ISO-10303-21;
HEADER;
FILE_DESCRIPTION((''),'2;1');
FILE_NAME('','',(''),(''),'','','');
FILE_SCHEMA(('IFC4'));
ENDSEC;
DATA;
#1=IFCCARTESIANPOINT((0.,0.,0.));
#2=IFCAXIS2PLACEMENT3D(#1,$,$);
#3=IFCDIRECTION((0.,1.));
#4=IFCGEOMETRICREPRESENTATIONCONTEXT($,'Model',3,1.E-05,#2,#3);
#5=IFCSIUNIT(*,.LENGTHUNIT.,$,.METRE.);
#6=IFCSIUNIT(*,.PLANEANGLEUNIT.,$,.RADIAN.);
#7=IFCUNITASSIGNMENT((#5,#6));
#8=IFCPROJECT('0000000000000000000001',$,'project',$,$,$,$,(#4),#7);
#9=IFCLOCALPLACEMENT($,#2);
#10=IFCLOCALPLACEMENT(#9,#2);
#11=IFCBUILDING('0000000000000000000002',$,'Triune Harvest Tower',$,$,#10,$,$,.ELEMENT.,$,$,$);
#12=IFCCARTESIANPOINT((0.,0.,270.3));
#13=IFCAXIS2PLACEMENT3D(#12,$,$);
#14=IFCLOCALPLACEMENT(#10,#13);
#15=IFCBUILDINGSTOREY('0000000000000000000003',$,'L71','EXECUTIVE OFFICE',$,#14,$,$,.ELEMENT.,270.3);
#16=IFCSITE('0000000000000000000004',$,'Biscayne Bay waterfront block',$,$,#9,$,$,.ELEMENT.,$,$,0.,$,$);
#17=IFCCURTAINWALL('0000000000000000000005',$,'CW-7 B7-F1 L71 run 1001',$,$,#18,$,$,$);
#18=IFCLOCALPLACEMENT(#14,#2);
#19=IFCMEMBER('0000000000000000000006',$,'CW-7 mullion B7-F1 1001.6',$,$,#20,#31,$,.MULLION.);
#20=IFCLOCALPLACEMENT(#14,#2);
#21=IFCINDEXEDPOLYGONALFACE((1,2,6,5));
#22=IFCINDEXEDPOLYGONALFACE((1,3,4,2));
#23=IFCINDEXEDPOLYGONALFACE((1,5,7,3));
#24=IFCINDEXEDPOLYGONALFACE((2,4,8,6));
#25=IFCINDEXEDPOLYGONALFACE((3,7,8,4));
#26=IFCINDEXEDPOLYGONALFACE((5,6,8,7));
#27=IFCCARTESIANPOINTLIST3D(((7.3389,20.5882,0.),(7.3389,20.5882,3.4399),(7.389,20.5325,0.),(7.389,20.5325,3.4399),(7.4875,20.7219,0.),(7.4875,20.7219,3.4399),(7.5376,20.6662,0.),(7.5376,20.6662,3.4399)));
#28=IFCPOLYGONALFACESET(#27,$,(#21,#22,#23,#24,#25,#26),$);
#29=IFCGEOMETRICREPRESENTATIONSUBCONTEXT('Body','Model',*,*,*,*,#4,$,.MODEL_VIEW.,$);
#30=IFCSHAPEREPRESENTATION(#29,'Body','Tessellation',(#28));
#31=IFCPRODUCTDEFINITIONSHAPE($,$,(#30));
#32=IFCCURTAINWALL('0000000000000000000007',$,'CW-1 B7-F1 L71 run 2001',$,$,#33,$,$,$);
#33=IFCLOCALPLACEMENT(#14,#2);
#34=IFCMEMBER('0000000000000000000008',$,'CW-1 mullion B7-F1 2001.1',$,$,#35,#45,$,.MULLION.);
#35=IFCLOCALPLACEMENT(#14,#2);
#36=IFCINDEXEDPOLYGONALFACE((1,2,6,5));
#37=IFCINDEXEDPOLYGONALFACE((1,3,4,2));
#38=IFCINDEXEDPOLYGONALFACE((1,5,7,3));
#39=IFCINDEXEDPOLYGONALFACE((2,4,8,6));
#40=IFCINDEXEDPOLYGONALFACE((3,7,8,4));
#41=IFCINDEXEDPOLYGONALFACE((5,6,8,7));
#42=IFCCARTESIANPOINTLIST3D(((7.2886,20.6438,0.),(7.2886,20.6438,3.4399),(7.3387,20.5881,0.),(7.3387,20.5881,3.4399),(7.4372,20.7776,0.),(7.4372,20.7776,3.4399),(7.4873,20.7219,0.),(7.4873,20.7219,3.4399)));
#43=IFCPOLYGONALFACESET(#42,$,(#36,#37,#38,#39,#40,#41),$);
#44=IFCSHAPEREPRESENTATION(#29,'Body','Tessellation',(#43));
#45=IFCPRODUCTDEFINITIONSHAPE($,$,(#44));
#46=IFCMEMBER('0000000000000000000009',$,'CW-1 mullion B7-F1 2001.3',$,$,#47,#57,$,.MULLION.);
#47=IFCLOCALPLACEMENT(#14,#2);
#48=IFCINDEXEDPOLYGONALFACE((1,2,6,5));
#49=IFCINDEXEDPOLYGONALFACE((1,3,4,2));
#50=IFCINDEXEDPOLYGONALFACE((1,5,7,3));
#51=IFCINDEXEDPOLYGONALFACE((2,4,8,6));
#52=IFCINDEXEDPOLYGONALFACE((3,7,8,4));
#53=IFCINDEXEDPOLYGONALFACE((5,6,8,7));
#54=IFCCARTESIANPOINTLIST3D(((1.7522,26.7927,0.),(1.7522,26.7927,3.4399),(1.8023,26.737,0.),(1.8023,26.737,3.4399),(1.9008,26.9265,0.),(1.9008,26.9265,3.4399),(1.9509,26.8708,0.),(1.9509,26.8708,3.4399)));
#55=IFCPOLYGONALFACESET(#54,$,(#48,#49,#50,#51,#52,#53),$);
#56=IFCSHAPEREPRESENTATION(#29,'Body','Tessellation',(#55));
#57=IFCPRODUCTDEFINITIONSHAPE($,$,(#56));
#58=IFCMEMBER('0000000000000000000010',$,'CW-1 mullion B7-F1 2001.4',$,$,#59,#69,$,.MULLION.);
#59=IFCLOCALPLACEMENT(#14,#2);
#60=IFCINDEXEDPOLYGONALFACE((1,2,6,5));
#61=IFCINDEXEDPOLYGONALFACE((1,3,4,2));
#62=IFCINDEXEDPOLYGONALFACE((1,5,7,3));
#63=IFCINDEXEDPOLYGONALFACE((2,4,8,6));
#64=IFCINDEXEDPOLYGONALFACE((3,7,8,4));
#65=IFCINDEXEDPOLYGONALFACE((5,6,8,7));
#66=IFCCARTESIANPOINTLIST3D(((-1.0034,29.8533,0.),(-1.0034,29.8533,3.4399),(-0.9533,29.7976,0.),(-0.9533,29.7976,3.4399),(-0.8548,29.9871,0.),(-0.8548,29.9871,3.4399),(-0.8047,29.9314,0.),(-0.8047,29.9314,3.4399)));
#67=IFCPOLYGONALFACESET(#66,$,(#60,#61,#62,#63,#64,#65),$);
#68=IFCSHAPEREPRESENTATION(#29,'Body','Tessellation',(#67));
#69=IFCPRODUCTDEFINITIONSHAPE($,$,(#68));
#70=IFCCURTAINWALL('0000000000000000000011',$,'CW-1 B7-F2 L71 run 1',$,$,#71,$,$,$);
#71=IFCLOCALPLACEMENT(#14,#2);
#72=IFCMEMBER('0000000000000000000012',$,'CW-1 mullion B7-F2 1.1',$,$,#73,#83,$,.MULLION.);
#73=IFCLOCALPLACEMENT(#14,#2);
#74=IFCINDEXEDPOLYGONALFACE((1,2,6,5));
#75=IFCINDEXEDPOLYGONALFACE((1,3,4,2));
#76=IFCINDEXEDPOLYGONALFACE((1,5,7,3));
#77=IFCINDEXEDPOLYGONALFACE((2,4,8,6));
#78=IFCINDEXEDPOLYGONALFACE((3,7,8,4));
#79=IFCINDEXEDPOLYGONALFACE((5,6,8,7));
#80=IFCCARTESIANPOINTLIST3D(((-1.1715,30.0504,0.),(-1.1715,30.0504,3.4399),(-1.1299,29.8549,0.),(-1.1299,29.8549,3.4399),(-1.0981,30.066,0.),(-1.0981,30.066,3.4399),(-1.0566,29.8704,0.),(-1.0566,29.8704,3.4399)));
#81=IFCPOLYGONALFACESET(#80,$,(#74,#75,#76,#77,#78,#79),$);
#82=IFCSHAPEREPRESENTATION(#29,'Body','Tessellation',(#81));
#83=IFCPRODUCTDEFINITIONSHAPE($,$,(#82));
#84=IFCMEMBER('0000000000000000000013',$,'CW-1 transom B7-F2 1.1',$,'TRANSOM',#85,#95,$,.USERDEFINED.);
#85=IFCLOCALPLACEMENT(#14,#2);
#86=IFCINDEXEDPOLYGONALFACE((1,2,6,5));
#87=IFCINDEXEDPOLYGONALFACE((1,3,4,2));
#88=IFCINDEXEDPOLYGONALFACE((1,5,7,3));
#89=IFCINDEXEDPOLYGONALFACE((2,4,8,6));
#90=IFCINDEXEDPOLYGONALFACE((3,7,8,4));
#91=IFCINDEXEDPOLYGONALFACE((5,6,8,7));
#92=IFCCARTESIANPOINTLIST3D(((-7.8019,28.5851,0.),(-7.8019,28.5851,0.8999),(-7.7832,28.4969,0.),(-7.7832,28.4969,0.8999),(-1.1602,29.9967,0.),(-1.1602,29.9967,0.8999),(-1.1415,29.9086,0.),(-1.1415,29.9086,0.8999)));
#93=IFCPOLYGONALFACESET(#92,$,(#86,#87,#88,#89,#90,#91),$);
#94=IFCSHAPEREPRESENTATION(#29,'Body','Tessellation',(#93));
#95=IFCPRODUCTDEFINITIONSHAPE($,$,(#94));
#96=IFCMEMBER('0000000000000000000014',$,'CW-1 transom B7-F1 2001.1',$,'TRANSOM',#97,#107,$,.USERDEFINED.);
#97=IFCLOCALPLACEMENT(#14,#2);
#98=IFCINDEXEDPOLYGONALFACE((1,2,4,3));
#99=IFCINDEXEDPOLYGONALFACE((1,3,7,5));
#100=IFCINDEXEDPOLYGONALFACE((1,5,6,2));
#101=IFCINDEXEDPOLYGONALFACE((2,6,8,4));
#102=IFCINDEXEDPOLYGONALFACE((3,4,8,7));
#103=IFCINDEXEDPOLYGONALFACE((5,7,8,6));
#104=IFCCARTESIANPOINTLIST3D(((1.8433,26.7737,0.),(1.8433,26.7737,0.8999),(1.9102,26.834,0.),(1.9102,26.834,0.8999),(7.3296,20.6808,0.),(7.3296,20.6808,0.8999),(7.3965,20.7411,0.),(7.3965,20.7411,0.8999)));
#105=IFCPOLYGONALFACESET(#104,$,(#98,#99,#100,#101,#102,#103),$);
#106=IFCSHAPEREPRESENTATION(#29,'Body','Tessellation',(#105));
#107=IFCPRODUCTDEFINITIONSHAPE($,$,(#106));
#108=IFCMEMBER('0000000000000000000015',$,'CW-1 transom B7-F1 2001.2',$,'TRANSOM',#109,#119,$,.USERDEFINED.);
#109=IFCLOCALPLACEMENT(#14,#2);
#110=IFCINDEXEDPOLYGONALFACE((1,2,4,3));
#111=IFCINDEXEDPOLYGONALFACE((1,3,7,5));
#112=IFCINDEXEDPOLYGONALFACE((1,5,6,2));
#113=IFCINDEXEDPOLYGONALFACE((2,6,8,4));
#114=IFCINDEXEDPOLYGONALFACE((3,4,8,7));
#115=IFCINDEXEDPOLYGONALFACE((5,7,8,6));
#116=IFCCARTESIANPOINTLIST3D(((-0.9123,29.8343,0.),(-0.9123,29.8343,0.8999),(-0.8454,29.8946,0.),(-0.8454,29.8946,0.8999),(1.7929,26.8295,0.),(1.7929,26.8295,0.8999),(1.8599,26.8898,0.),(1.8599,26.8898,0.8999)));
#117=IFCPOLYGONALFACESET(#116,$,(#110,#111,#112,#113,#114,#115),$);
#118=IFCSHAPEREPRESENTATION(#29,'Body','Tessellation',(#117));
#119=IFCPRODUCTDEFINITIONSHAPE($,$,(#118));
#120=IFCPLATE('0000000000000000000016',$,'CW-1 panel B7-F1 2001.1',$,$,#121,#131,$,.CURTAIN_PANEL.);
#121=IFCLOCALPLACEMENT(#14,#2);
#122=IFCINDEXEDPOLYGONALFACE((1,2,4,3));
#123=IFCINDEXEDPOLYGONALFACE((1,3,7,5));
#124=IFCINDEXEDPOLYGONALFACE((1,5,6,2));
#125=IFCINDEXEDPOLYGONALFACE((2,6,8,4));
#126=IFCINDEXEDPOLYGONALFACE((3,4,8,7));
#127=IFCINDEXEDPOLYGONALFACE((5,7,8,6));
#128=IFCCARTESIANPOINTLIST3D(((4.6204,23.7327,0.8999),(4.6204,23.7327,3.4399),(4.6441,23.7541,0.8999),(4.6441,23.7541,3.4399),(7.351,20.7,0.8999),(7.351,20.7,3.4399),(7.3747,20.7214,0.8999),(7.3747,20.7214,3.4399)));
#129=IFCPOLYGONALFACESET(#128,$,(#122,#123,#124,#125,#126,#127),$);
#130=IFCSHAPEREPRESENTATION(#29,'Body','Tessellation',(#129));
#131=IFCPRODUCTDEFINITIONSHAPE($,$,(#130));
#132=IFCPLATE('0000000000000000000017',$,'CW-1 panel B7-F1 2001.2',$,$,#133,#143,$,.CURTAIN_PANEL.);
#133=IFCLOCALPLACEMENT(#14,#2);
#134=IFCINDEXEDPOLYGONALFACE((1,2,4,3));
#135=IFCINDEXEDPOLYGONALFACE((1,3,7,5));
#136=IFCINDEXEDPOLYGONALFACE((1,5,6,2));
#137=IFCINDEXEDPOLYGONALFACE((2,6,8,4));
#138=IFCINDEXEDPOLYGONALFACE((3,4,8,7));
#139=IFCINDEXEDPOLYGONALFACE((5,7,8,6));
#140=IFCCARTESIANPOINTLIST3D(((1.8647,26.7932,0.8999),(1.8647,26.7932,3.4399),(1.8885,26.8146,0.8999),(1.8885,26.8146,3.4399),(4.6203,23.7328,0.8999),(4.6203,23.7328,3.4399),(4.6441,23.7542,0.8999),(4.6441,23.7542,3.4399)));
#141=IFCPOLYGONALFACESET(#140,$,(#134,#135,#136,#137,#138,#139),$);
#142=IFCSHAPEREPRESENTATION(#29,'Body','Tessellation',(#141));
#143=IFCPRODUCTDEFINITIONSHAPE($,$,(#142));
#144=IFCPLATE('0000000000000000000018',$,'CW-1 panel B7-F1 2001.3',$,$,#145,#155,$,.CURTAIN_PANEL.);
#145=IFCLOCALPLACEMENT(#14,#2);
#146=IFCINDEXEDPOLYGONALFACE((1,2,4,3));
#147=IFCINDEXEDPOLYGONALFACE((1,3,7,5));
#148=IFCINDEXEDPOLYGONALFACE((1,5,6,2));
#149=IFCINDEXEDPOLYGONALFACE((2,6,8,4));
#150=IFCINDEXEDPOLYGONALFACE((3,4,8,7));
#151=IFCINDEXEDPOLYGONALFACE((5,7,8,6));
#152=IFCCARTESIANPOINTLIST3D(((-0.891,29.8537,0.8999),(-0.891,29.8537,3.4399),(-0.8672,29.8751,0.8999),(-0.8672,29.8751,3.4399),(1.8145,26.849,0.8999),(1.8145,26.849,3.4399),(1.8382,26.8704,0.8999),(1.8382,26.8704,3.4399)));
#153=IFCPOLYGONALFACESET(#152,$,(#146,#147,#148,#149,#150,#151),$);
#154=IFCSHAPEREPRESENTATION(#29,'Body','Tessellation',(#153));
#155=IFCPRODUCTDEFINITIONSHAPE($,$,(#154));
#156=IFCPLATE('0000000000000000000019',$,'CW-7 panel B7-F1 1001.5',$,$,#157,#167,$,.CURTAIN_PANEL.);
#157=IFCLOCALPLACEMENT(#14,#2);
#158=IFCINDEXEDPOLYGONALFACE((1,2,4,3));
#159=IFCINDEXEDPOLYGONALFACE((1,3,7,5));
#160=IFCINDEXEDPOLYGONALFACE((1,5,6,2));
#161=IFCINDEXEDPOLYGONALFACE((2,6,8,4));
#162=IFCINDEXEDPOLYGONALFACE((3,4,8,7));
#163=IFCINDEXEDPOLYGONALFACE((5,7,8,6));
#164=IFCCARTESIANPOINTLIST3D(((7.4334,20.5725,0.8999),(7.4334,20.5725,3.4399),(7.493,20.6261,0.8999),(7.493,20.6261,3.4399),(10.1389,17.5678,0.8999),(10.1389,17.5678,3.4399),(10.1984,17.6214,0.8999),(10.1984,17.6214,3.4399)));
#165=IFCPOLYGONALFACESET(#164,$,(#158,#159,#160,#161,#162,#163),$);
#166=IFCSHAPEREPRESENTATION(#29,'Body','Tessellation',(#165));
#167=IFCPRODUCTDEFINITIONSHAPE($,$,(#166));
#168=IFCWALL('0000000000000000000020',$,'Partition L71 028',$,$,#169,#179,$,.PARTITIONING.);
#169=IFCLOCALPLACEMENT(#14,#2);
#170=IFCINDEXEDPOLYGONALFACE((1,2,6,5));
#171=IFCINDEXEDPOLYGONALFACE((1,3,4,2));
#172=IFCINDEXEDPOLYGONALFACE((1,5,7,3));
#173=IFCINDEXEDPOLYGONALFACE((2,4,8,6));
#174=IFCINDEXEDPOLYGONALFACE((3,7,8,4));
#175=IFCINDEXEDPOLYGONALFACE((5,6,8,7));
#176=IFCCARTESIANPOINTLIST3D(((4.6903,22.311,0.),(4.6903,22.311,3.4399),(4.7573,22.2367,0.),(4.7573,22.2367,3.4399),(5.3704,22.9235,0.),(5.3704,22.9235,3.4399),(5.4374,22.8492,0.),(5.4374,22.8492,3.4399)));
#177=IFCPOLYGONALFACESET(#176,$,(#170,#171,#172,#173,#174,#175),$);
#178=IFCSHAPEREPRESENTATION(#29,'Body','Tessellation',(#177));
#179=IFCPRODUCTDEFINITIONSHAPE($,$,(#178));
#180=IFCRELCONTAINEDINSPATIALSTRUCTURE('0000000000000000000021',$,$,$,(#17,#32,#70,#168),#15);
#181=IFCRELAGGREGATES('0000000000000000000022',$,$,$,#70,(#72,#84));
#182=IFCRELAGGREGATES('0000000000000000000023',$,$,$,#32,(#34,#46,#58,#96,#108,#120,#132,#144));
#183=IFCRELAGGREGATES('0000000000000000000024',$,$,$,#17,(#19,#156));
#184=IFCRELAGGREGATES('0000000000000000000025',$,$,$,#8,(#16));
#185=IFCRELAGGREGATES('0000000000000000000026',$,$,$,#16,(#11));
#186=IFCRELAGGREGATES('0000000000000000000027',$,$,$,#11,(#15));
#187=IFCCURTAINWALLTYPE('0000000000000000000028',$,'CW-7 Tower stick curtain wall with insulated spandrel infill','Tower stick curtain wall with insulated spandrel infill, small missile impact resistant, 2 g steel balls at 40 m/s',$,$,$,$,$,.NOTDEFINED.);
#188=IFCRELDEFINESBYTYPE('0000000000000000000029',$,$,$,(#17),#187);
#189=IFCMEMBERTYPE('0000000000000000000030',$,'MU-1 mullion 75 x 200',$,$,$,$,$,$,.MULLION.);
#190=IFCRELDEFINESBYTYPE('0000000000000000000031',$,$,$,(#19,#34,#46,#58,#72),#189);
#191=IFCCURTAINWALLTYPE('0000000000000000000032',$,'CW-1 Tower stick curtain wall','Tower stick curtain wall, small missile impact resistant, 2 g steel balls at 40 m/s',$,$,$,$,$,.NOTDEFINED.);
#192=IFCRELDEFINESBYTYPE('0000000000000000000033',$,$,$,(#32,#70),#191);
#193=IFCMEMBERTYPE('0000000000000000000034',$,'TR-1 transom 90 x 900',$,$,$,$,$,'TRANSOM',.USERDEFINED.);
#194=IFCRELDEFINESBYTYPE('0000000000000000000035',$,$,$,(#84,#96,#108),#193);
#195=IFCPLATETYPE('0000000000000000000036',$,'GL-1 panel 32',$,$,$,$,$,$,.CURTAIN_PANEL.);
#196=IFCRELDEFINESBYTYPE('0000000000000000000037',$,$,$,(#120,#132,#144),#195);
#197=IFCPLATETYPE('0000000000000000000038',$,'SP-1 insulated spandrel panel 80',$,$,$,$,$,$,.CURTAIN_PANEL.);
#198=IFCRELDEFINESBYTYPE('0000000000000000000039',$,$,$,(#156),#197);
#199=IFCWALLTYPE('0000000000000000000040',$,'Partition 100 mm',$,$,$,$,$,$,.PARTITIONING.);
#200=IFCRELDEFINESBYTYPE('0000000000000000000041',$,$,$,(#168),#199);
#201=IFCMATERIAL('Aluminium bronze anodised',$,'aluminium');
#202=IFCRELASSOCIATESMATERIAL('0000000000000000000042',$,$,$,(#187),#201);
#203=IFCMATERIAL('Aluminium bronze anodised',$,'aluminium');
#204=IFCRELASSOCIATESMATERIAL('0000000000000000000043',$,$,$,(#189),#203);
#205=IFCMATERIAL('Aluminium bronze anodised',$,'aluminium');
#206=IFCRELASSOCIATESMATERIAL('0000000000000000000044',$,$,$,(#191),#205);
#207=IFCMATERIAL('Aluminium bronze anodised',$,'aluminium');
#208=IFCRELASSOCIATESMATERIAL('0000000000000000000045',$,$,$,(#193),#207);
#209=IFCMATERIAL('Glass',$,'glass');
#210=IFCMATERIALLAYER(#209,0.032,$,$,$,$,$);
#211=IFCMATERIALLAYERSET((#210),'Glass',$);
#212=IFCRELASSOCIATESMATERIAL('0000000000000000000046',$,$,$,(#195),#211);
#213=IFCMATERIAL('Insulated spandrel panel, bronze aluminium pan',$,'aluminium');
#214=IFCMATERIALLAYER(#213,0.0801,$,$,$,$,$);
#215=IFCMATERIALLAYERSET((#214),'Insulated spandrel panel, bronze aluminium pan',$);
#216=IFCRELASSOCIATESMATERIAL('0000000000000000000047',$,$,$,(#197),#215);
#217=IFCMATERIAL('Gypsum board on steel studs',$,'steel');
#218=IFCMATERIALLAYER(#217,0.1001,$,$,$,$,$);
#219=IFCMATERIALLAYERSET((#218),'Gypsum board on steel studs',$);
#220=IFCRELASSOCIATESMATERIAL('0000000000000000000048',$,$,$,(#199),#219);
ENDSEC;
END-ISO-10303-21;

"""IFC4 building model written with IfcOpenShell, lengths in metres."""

from ifc_helpers import new_model, si_unit, direction, frame, frame_2d, origin, origin_2d, place, context, subcontext, project, spatial, rectangle, extrude, source, transform, mapped, material, layer, layer_set, material_profile, profile_set, type_object, element, aggregate, save


model = new_model("IFC4")

# Units and contexts
model_context = context("Model", 3, precision=1e-05, world=origin(), true_north=direction((0.0, 1.0)))
body_context = subcontext(model_context, "Body", "Model", "MODEL_VIEW")
ifc_project = project(units=[si_unit("LENGTHUNIT", "METRE"), si_unit("PLANEANGLEUNIT", "RADIAN")], contexts=[model_context])

# Site, building, storey
site_placement = place(None, origin())
site = spatial("IfcSite", under=ifc_project, at=site_placement, Name="Biscayne Bay waterfront block", CompositionType="ELEMENT", RefElevation=0.0)
building_placement = place(site_placement, origin())
building = spatial("IfcBuilding", under=site, at=building_placement, Name="Triune Harvest Tower", CompositionType="ELEMENT")
storey_placement = place(building_placement, frame((0.0, 0.0, 270.3)))
storey = spatial("IfcBuildingStorey", under=building, at=storey_placement, Name="L71", Description="EXECUTIVE OFFICE", CompositionType="ELEMENT", Elevation=270.3)

# Curtain wall, member
ifc_material_1 = material(Name="Aluminium bronze anodised", Category="aluminium")
curtain_wall_type_1 = type_object("IfcCurtainWallType", Name="CW-7 Tower stick curtain wall with insulated spandrel infill", Description="Tower stick curtain wall with insulated spandrel infill, small missile impact resistant, 2 g steel balls at 40 m/s", PredefinedType="NOTDEFINED", material=ifc_material_1)
curtain_wall_1_placement = place(storey_placement, origin())
curtain_wall_1 = element("IfcCurtainWall", 1, at=curtain_wall_1_placement, inside=storey, type_object=curtain_wall_type_1, Name="CW-7 B7-F1 L71 run 1001")
ifc_material_2 = material(Name="Aluminium bronze anodised", Category="aluminium")
ifc_material_profile_1 = material_profile(ifc_material_2, rectangle(XDim=0.2, YDim=0.075, at=origin_2d()), Name="MU-1 mullion 75 x 200")
ifc_profile_set_1 = profile_set([ifc_material_profile_1], Name="Aluminium bronze anodised")
member_type_1 = type_object("IfcMemberType", Name="MU-1 mullion 75 x 200", PredefinedType="MULLION", material=ifc_profile_set_1)
shared_shape_1 = source(origin(), body_context, "Body", "SweptSolid", [
    extrude(rectangle(XDim=0.2, YDim=0.075, at=origin_2d()), origin(), (0.0, 0.0, 1.0), 3.4399),
])
member_1_placement = place(storey_placement, frame((7.4382, 20.6272, 0.0), z_axis=(0.0, 0.0, 1.0), x_axis=(-0.743144, -0.669131, 0.0)))
member_1 = element("IfcMember", 2, at=member_1_placement, type_object=member_type_1, Name="CW-7 mullion B7-F1 1001.6", PredefinedType="MULLION", context=body_context, shape_type="MappedRepresentation", body=[
    mapped(shared_shape_1, transform((0.0, 0.0, 0.0), scale=1.0)),
])

# Curtain walls, members
ifc_material_3 = material(Name="Aluminium bronze anodised", Category="aluminium")
curtain_wall_type_2 = type_object("IfcCurtainWallType", Name="CW-1 Tower stick curtain wall", Description="Tower stick curtain wall, small missile impact resistant, 2 g steel balls at 40 m/s", PredefinedType="NOTDEFINED", material=ifc_material_3)
curtain_wall_2_placement = place(storey_placement, origin())
curtain_wall_2 = element("IfcCurtainWall", 3, at=curtain_wall_2_placement, inside=storey, type_object=curtain_wall_type_2, Name="CW-1 B7-F1 L71 run 2001")
member_2_placement = place(storey_placement, frame((7.3879, 20.6829, 0.0), z_axis=(0.0, 0.0, 1.0), x_axis=(-0.743144, -0.669131, 0.0)))
member_2 = element("IfcMember", 4, at=member_2_placement, type_object=member_type_1, Name="CW-1 mullion B7-F1 2001.1", PredefinedType="MULLION", context=body_context, shape_type="MappedRepresentation", body=[
    mapped(shared_shape_1, transform((0.0, 0.0, 0.0), scale=1.0)),
])
member_3_placement = place(storey_placement, frame((1.8516, 26.8318, 0.0), z_axis=(0.0, 0.0, 1.0), x_axis=(-0.743144, -0.669131, 0.0)))
member_3 = element("IfcMember", 5, at=member_3_placement, type_object=member_type_1, Name="CW-1 mullion B7-F1 2001.3", PredefinedType="MULLION", context=body_context, shape_type="MappedRepresentation", body=[
    mapped(shared_shape_1, transform((0.0, 0.0, 0.0), scale=1.0)),
])
member_4_placement = place(storey_placement, frame((-0.9041, 29.8923, 0.0), z_axis=(0.0, 0.0, 1.0), x_axis=(-0.743144, -0.669131, 0.0)))
member_4 = element("IfcMember", 6, at=member_4_placement, type_object=member_type_1, Name="CW-1 mullion B7-F1 2001.4", PredefinedType="MULLION", context=body_context, shape_type="MappedRepresentation", body=[
    mapped(shared_shape_1, transform((0.0, 0.0, 0.0), scale=1.0)),
])
curtain_wall_3_placement = place(storey_placement, origin())
curtain_wall_3 = element("IfcCurtainWall", 7, at=curtain_wall_3_placement, inside=storey, type_object=curtain_wall_type_2, Name="CW-1 B7-F2 L71 run 1")
member_5_placement = place(storey_placement, frame((-1.114, 29.9604, 0.0), z_axis=(0.0, 0.0, 1.0), x_axis=(0.207905, -0.978149, 0.0)))
member_5 = element("IfcMember", 8, at=member_5_placement, type_object=member_type_1, Name="CW-1 mullion B7-F2 1.1", PredefinedType="MULLION", context=body_context, shape_type="MappedRepresentation", body=[
    mapped(shared_shape_1, transform((0.0, 0.0, 0.0), scale=1.0)),
])
ifc_material_4 = material(Name="Aluminium bronze anodised", Category="aluminium")
ifc_material_profile_2 = material_profile(ifc_material_4, rectangle(XDim=0.0901, YDim=0.8999, at=origin_2d()), Name="TR-1 transom 90 x 900")
ifc_profile_set_2 = profile_set([ifc_material_profile_2], Name="Aluminium bronze anodised")
member_type_2 = type_object("IfcMemberType", Name="TR-1 transom 90 x 900", ElementType="TRANSOM", PredefinedType="USERDEFINED", material=ifc_profile_set_2)
shared_shape_2 = source(origin(), body_context, "Body", "SweptSolid", [
    extrude(rectangle(XDim=0.0901, YDim=0.8999, at=origin_2d()), origin(), (0.0, 0.0, 1.0), 6.79),
])
member_6_placement = place(storey_placement, frame((-1.1509, 29.9526, 0.45), z_axis=(-0.97815, -0.207898, 0.0), x_axis=(0.207898, -0.97815, 0.0)))
member_6 = element("IfcMember", 9, at=member_6_placement, type_object=member_type_2, Name="CW-1 transom B7-F2 1.1", ObjectType="TRANSOM", PredefinedType="USERDEFINED", context=body_context, shape_type="MappedRepresentation", body=[
    mapped(shared_shape_2, transform((0.0, 0.0, 0.0), scale=1.0)),
])
aggregate(curtain_wall_3, [member_5, member_6])

# Members
shared_shape_3 = source(origin(), body_context, "Body", "SweptSolid", [
    extrude(rectangle(XDim=0.0901, YDim=0.8999, at=origin_2d()), origin(), (0.0, 0.0, 1.0), 8.199),
])
member_7_placement = place(storey_placement, frame((7.363, 20.7109, 0.45), z_axis=(-0.669141, 0.743136, 0.0), x_axis=(-0.743136, -0.669141, 0.0)))
member_7 = element("IfcMember", 10, at=member_7_placement, type_object=member_type_2, Name="CW-1 transom B7-F1 2001.1", ObjectType="TRANSOM", PredefinedType="USERDEFINED", context=body_context, shape_type="MappedRepresentation", body=[
    mapped(shared_shape_3, transform((0.0, 0.0, 0.0), scale=1.0)),
])
shared_shape_4 = source(origin(), body_context, "Body", "SweptSolid", [
    extrude(rectangle(XDim=0.0901, YDim=0.8999, at=origin_2d()), origin(), (0.0, 0.0, 1.0), 4.0432),
])
member_8_placement = place(storey_placement, frame((1.8264, 26.8596, 0.45), z_axis=(-0.669091, 0.74318, 0.0), x_axis=(-0.74318, -0.669091, 0.0)))
member_8 = element("IfcMember", 11, at=member_8_placement, type_object=member_type_2, Name="CW-1 transom B7-F1 2001.2", ObjectType="TRANSOM", PredefinedType="USERDEFINED", context=body_context, shape_type="MappedRepresentation", body=[
    mapped(shared_shape_4, transform((0.0, 0.0, 0.0), scale=1.0)),
])

# Plates
ifc_material_5 = material(Name="Glass", Category="glass")
ifc_layer_1 = layer(ifc_material_5, 0.032)
ifc_layer_set_1 = layer_set([ifc_layer_1], Name="Glass")
plate_type_1 = type_object("IfcPlateType", Name="GL-1 panel 32", PredefinedType="CURTAIN_PANEL", material=ifc_layer_set_1)
shared_shape_5 = source(origin(), body_context, "Body", "SweptSolid", [
    extrude(rectangle(XDim=4.0808, YDim=0.032, at=origin_2d()), origin(), (0.0, 0.0, 1.0), 2.54),
])
plate_1_placement = place(storey_placement, frame((5.9976, 22.2271, 0.8999), z_axis=(0.0, 0.0, 1.0), x_axis=(-0.669131, 0.743144, 0.0)))
plate_1 = element("IfcPlate", 12, at=plate_1_placement, type_object=plate_type_1, Name="CW-1 panel B7-F1 2001.1", PredefinedType="CURTAIN_PANEL", context=body_context, shape_type="MappedRepresentation", body=[
    mapped(shared_shape_5, transform((0.0, 0.0, 0.0), scale=1.0)),
])
shared_shape_6 = source(origin(), body_context, "Body", "SweptSolid", [
    extrude(rectangle(XDim=4.1182, YDim=0.032, at=origin_2d()), origin(), (0.0, 0.0, 1.0), 2.54),
])
plate_2_placement = place(storey_placement, frame((3.2544, 25.2737, 0.8999), z_axis=(0.0, 0.0, 1.0), x_axis=(-0.669131, 0.743144, 0.0)))
plate_2 = element("IfcPlate", 13, at=plate_2_placement, type_object=plate_type_1, Name="CW-1 panel B7-F1 2001.2", PredefinedType="CURTAIN_PANEL", context=body_context, shape_type="MappedRepresentation", body=[
    mapped(shared_shape_6, transform((0.0, 0.0, 0.0), scale=1.0)),
])
shared_shape_7 = source(origin(), body_context, "Body", "SweptSolid", [
    extrude(rectangle(XDim=4.0432, YDim=0.032, at=origin_2d()), origin(), (0.0, 0.0, 1.0), 2.54),
])
plate_3_placement = place(storey_placement, frame((0.4736, 28.3621, 0.8999), z_axis=(0.0, 0.0, 1.0), x_axis=(-0.669131, 0.743144, 0.0)))
plate_3 = element("IfcPlate", 14, at=plate_3_placement, type_object=plate_type_1, Name="CW-1 panel B7-F1 2001.3", PredefinedType="CURTAIN_PANEL", context=body_context, shape_type="MappedRepresentation", body=[
    mapped(shared_shape_7, transform((0.0, 0.0, 0.0), scale=1.0)),
])
aggregate(curtain_wall_2, [member_2, member_3, member_4, member_7, member_8, plate_1, plate_2, plate_3])
ifc_material_6 = material(Name="Insulated spandrel panel, bronze aluminium pan", Category="aluminium")
ifc_layer_2 = layer(ifc_material_6, 0.0801)
ifc_layer_set_2 = layer_set([ifc_layer_2], Name="Insulated spandrel panel, bronze aluminium pan")
plate_type_2 = type_object("IfcPlateType", Name="SP-1 insulated spandrel panel 80", PredefinedType="CURTAIN_PANEL", material=ifc_layer_set_2)
shared_shape_8 = source(origin(), body_context, "Body", "SweptSolid", [
    extrude(rectangle(XDim=4.0432, YDim=0.0801, at=origin_2d()), origin(), (0.0, 0.0, 1.0), 2.54),
])
plate_4_placement = place(storey_placement, frame((8.8159, 19.0969, 0.8999), z_axis=(0.0, 0.0, 1.0), x_axis=(-0.669131, 0.743144, 0.0)))
plate_4 = element("IfcPlate", 15, at=plate_4_placement, type_object=plate_type_2, Name="CW-7 panel B7-F1 1001.5", PredefinedType="CURTAIN_PANEL", context=body_context, shape_type="MappedRepresentation", body=[
    mapped(shared_shape_8, transform((0.0, 0.0, 0.0), scale=1.0)),
])
aggregate(curtain_wall_1, [member_1, plate_4])

# Wall
ifc_material_7 = material(Name="Gypsum board on steel studs", Category="steel")
ifc_layer_3 = layer(ifc_material_7, 0.1001)
ifc_layer_set_3 = layer_set([ifc_layer_3], Name="Gypsum board on steel studs")
wall_type = type_object("IfcWallType", Name="Partition 100 mm", PredefinedType="PARTITIONING", material=ifc_layer_set_3)
shared_shape_9 = source(origin(), body_context, "Body", "SweptSolid", [
    extrude(rectangle(XDim=0.9153, YDim=0.1001, at=frame_2d((0.4575, 0.0))), origin(), (0.0, 0.0, 1.0), 3.4399),
])
wall_placement = place(storey_placement, frame((4.7239, 22.2739, 0.0), z_axis=(0.0, 0.0, 1.0), x_axis=(0.743082, 0.6692, 0.0)))
element("IfcWall", 16, at=wall_placement, inside=storey, type_object=wall_type, Name="Partition L71 028", PredefinedType="PARTITIONING", context=body_context, shape_type="MappedRepresentation", body=[
    mapped(shared_shape_9, transform((0.0, 0.0, 0.0), scale=1.0)),
])

save(model, "model.ifc")
